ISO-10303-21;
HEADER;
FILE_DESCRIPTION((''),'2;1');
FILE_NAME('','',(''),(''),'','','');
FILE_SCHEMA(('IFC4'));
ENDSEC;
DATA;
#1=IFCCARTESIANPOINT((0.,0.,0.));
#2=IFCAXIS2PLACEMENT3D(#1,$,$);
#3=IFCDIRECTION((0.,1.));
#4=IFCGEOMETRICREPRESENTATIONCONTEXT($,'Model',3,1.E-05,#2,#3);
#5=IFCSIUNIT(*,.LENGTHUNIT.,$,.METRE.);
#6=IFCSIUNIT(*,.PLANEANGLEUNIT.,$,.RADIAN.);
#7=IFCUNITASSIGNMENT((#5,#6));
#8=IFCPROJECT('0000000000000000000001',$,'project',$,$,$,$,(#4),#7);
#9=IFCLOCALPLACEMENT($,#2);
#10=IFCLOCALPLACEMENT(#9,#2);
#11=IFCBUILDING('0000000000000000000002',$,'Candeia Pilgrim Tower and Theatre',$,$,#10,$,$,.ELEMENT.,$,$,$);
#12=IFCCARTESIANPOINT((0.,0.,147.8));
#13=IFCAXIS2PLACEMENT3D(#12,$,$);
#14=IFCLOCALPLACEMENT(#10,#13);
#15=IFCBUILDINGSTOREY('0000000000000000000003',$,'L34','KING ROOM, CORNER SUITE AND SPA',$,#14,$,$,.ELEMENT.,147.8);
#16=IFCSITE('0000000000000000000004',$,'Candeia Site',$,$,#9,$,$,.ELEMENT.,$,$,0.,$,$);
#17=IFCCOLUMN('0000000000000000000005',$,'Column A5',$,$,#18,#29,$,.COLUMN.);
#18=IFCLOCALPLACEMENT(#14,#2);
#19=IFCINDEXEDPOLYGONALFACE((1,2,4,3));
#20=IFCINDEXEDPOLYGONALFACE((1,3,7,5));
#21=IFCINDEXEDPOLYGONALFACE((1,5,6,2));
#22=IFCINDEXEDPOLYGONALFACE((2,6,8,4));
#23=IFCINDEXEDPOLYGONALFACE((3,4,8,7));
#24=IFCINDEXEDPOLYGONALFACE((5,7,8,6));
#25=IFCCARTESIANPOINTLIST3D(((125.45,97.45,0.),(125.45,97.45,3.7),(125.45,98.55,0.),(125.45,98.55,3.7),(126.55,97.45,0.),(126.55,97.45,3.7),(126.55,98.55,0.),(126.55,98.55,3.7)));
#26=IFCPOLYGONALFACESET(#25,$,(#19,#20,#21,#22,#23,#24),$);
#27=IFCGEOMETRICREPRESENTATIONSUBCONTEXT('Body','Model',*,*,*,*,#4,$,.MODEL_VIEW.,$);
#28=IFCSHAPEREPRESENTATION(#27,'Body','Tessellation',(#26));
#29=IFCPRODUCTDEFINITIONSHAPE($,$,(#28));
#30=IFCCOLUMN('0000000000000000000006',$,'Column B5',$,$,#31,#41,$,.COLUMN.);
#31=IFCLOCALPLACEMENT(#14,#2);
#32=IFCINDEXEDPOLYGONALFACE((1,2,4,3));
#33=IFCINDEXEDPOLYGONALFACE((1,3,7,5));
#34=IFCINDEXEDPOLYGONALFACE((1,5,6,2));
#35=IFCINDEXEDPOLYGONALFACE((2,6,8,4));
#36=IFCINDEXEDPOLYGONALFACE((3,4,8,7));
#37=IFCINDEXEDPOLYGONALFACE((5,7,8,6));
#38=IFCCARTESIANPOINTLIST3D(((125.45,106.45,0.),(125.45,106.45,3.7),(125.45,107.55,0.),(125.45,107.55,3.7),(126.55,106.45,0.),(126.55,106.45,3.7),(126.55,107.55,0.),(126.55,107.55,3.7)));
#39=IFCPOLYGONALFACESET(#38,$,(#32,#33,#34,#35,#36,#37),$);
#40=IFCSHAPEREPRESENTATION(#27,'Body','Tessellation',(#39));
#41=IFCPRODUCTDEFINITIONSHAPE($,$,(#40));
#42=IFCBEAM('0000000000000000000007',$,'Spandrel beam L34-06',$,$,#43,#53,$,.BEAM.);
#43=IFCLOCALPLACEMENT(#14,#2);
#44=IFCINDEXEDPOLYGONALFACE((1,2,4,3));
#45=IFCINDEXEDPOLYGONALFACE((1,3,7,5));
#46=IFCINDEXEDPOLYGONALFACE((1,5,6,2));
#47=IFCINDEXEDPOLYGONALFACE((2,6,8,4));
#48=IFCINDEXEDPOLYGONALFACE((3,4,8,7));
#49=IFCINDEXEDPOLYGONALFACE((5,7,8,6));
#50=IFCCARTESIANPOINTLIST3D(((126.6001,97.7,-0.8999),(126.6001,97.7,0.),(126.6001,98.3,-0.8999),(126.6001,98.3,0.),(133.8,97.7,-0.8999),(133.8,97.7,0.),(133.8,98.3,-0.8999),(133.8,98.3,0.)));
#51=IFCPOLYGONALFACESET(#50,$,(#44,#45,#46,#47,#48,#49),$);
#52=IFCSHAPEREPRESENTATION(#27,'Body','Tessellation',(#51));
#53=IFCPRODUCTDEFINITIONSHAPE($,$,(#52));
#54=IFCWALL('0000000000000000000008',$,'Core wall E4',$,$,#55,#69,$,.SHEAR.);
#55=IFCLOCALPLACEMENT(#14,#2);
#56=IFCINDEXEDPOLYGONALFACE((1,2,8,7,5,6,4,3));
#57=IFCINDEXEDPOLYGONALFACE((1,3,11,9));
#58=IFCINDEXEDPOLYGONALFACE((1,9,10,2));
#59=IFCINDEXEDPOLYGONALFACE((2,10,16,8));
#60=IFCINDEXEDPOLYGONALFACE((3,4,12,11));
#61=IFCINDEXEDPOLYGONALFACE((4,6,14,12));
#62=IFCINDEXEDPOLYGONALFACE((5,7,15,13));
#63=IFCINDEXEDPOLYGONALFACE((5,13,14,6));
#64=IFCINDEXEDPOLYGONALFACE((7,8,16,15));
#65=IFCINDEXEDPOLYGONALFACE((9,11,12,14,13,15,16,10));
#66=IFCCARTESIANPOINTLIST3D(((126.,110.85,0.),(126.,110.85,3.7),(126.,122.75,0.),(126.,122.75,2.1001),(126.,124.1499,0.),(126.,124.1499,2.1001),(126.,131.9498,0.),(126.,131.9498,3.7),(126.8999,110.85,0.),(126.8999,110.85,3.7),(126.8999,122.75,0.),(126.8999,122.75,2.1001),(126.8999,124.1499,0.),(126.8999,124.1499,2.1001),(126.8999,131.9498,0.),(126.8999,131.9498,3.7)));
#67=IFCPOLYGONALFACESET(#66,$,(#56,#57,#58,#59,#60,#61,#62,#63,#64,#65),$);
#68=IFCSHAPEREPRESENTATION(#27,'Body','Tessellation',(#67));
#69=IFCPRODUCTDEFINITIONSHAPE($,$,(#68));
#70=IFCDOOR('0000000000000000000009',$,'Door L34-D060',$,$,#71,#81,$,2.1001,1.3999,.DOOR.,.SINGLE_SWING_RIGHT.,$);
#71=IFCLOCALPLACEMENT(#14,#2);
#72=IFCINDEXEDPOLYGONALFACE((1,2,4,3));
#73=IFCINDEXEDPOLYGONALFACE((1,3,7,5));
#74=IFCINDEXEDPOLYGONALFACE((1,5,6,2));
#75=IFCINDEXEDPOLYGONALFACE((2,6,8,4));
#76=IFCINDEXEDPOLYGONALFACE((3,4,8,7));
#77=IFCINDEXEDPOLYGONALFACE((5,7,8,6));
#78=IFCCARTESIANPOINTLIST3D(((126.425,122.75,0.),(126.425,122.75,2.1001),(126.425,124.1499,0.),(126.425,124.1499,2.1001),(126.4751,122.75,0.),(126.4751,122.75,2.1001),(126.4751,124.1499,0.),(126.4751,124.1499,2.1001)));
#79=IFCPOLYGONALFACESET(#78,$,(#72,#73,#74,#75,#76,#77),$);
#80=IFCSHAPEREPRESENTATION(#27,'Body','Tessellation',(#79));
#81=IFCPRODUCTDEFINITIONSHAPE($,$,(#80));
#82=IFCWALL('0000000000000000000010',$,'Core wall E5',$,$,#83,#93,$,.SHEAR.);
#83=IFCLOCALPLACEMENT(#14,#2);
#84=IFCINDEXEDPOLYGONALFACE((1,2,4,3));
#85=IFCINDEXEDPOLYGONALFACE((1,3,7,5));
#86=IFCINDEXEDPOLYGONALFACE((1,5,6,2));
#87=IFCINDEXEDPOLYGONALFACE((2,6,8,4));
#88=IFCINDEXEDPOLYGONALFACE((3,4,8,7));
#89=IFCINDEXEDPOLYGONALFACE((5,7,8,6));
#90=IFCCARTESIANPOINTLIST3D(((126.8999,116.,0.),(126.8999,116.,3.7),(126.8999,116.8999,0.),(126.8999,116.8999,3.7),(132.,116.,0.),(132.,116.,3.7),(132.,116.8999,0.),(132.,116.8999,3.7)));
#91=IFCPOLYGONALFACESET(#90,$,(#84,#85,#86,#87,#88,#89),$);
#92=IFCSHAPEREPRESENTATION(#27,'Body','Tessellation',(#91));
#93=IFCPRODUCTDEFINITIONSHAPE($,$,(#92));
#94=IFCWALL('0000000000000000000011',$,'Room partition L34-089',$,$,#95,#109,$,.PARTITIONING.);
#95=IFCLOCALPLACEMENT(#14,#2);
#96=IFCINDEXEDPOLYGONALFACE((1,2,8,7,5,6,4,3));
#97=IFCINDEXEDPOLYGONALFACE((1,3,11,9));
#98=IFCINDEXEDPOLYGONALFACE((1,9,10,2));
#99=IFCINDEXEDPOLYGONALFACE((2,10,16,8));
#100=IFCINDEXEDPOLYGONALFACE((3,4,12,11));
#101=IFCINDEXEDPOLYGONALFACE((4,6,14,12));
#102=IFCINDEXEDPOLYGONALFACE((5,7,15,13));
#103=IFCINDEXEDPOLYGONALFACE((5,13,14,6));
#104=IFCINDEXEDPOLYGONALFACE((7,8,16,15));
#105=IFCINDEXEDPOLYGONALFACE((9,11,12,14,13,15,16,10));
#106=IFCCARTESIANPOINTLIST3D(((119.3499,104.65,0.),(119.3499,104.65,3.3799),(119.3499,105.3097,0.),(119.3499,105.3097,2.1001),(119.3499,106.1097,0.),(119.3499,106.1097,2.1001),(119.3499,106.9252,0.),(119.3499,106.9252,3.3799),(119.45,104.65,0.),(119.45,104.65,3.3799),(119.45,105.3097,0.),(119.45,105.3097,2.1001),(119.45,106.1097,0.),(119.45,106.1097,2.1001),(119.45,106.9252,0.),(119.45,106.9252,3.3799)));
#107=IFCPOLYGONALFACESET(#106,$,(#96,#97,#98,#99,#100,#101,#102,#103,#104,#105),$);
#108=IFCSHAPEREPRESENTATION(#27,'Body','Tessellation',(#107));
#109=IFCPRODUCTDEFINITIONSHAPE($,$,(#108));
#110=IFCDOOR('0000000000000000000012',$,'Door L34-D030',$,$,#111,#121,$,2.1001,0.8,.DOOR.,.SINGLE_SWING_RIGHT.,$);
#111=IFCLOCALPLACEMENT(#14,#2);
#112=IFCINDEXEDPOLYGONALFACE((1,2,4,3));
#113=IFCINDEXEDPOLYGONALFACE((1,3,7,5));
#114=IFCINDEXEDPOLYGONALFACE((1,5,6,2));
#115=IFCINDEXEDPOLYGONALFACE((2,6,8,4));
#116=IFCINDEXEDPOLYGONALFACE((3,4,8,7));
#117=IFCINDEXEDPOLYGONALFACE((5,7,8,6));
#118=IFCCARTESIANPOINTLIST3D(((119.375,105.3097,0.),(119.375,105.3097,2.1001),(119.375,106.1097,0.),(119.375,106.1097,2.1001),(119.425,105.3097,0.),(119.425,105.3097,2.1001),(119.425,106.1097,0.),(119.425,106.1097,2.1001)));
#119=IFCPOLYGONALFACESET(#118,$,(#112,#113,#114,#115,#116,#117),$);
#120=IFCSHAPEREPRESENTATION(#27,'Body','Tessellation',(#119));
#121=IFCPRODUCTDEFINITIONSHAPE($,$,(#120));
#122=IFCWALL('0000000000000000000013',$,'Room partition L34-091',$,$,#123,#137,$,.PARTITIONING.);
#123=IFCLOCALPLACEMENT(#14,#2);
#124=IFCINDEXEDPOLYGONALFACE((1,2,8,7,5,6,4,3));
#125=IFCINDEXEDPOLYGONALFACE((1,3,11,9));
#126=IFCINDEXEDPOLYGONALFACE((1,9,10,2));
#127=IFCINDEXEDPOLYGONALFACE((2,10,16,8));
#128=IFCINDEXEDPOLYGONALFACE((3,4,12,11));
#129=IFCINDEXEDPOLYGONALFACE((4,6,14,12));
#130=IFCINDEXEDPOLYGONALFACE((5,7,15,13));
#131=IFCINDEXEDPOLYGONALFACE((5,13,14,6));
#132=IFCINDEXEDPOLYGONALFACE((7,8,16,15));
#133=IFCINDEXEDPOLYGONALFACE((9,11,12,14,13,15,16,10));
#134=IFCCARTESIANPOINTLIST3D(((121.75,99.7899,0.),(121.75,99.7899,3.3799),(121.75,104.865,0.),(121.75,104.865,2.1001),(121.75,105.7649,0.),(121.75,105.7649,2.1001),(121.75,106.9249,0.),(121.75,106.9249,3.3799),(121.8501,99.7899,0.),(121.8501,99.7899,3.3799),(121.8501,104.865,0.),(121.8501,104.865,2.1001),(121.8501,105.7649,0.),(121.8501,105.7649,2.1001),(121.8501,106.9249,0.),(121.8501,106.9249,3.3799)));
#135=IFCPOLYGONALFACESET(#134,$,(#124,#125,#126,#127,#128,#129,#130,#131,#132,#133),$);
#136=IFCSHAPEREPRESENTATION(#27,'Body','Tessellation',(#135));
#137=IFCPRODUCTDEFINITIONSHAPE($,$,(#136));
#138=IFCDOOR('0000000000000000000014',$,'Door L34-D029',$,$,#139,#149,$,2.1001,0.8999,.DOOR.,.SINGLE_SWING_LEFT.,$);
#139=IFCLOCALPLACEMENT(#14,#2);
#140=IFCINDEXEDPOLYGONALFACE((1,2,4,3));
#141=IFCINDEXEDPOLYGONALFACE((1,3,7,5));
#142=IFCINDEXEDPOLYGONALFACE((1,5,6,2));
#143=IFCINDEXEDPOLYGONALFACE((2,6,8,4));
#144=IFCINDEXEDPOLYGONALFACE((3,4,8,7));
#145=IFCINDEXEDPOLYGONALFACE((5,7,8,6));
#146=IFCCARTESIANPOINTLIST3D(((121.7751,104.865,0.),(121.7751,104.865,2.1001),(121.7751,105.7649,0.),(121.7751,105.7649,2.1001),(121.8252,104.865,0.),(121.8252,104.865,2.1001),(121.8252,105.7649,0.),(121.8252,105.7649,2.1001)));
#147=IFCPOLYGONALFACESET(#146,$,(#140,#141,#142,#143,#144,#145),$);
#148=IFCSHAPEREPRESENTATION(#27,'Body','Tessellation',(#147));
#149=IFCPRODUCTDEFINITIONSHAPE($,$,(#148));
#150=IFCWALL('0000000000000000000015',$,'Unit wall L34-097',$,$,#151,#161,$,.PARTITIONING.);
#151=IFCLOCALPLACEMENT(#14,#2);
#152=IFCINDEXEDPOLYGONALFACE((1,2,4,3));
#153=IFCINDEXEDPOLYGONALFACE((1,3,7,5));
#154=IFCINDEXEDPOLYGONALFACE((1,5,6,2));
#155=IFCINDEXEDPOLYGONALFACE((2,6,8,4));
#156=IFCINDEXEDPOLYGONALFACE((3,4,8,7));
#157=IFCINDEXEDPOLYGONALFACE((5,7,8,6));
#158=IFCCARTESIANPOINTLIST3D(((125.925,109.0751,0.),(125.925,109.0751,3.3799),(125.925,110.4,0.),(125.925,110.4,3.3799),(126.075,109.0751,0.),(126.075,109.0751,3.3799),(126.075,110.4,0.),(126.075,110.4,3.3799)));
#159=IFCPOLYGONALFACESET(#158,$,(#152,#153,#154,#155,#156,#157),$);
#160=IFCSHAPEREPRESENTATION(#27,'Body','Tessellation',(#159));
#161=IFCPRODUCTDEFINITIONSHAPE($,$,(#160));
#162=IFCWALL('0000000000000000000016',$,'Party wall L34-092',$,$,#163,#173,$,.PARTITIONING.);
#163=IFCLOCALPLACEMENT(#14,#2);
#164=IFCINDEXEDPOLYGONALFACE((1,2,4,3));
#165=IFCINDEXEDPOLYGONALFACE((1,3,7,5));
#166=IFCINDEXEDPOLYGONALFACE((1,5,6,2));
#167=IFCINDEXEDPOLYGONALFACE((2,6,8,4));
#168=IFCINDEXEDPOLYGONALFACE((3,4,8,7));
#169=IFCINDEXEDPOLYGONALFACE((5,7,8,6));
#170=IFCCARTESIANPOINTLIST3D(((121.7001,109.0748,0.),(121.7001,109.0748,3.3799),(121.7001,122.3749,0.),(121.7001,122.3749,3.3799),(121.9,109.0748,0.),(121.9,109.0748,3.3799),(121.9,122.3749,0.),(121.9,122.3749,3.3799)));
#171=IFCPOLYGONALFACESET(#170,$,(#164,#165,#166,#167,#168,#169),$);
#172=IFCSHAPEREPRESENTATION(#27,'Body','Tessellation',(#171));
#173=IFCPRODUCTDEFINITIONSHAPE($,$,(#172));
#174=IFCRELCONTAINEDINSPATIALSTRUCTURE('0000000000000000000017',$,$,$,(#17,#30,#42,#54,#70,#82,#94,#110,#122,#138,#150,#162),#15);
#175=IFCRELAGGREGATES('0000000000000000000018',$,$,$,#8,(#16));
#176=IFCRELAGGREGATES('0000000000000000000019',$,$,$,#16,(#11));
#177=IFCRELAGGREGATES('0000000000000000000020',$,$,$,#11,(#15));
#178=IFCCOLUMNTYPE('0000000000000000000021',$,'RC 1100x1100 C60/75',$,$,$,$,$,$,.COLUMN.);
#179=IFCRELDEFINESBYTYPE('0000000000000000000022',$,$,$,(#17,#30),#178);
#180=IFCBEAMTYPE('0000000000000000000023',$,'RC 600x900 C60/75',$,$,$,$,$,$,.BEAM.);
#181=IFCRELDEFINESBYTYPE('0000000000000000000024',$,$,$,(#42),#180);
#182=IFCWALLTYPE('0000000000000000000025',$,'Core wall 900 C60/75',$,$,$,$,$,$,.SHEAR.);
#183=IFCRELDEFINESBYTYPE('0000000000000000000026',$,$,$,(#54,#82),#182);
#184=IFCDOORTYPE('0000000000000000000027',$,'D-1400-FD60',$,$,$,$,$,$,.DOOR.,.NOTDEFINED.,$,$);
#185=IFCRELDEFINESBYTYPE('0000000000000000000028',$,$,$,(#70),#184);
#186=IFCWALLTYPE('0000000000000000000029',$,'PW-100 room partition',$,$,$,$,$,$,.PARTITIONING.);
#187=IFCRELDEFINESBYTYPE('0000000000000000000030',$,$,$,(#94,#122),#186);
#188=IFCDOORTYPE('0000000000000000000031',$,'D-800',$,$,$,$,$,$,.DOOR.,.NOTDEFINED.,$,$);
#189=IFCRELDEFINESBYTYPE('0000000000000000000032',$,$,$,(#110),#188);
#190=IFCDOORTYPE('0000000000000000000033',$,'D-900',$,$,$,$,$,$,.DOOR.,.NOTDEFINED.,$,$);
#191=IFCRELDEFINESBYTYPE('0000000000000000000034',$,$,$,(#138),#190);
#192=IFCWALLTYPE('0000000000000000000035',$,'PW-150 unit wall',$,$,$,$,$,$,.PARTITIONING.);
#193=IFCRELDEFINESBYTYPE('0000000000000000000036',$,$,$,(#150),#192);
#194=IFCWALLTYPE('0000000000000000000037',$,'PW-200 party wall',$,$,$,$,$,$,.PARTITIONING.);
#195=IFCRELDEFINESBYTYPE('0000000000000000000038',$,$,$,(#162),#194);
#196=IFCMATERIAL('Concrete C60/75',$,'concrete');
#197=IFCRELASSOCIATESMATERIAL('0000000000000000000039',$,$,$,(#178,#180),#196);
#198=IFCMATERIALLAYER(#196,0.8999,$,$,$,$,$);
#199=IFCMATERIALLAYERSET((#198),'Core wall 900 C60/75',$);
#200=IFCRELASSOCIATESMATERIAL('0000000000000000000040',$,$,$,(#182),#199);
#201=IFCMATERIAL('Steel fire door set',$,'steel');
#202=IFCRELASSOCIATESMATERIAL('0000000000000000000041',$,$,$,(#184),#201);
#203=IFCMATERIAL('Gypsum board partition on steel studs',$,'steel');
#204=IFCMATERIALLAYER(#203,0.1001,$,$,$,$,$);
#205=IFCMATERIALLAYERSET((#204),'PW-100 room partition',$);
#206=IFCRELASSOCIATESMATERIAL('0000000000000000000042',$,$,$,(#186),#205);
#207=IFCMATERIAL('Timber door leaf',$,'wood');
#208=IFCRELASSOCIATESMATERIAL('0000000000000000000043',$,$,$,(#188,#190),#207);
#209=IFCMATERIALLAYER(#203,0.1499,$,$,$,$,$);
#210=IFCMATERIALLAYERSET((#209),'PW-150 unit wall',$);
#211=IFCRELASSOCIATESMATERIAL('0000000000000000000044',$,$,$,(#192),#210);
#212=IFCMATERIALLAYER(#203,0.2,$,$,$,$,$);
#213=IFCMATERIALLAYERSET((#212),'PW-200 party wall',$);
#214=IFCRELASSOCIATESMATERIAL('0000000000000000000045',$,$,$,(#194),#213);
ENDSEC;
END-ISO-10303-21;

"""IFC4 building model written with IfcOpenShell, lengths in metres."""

from ifc_helpers import new_model, si_unit, direction, frame, frame_2d, origin, origin_2d, place, context, subcontext, project, spatial, rectangle, extrude, material, layer, layer_set, material_profile, profile_set, type_object, element, fill, save


model = new_model("IFC4")

# Units and contexts
model_context = context("Model", 3, precision=1e-05, world=origin(), true_north=direction((0.0, 1.0)))
body_context = subcontext(model_context, "Body", "Model", "MODEL_VIEW")
ifc_project = project(units=[si_unit("LENGTHUNIT", "METRE"), si_unit("PLANEANGLEUNIT", "RADIAN")], contexts=[model_context])

# Site, building, storey
site_placement = place(None, origin())
site = spatial("IfcSite", under=ifc_project, at=site_placement, Name="Candeia Site", CompositionType="ELEMENT", RefElevation=0.0)
building_placement = place(site_placement, origin())
building = spatial("IfcBuilding", under=site, at=building_placement, Name="Candeia Pilgrim Tower and Theatre", CompositionType="ELEMENT")
storey_placement = place(building_placement, frame((0.0, 0.0, 147.8)))
storey = spatial("IfcBuildingStorey", under=building, at=storey_placement, Name="L34", Description="KING ROOM, CORNER SUITE AND SPA", CompositionType="ELEMENT", Elevation=147.8)

# Columns
ifc_material_1 = material(Name="Concrete C60/75", Category="concrete")
ifc_material_profile_1 = material_profile(ifc_material_1, rectangle(XDim=1.1001, YDim=1.1001, at=origin_2d()))
ifc_profile_set_1 = profile_set([ifc_material_profile_1], Name="Concrete C60/75")
column_type = type_object("IfcColumnType", Name="RC 1100x1100 C60/75", PredefinedType="COLUMN", material=ifc_profile_set_1)
for number, where, z_axis, x_axis, name in (
    (1, (126.0, 98.0, 0.0), (0.0, 0.0, 1.0), (1.0, 0.0, 0.0), "Column A5"),
    (2, (126.0, 107.0, 0.0), (0.0, 0.0, 1.0), (1.0, 0.0, 0.0), "Column B5"),
):
    element("IfcColumn", number, at=place(storey_placement, frame(where, z_axis=z_axis, x_axis=x_axis)), inside=storey, type_object=column_type, Name=name, PredefinedType="COLUMN", context=body_context, shape_type="SweptSolid", body=[
        extrude(rectangle(XDim=1.1001, YDim=1.1001, at=origin_2d()), origin(), (0.0, 0.0, 1.0), 3.7),
    ])

# Beam
ifc_material_profile_2 = material_profile(ifc_material_1, rectangle(XDim=0.6001, YDim=0.8999, at=origin_2d()))
ifc_profile_set_2 = profile_set([ifc_material_profile_2], Name="Concrete C60/75")
beam_type = type_object("IfcBeamType", Name="RC 600x900 C60/75", PredefinedType="BEAM", material=ifc_profile_set_2)
beam_placement = place(storey_placement, frame((126.6001, 98.0, -0.45), z_axis=(1.0, 0.0, 0.0), x_axis=(0.0, 1.0, 0.0)))
element("IfcBeam", 3, at=beam_placement, inside=storey, type_object=beam_type, Name="Spandrel beam L34-06", PredefinedType="BEAM", context=body_context, shape_type="SweptSolid", body=[
    extrude(rectangle(XDim=0.6001, YDim=0.8999, at=origin_2d()), origin(), (0.0, 0.0, 1.0), 7.2),
])

# Wall, opening, door
ifc_layer_1 = layer(ifc_material_1, 0.8999)
ifc_layer_set_1 = layer_set([ifc_layer_1], Name="Core wall 900 C60/75")
wall_type_1 = type_object("IfcWallType", Name="Core wall 900 C60/75", PredefinedType="SHEAR", material=ifc_layer_set_1)
wall_1_placement = place(storey_placement, frame((126.45, 110.8501, 0.0), z_axis=(0.0, 0.0, 1.0), x_axis=(0.0, 1.0, 0.0)))
wall_1 = element("IfcWall", 4, at=wall_1_placement, inside=storey, type_object=wall_type_1, Name="Core wall E4", PredefinedType="SHEAR", context=body_context, shape_type="SweptSolid", body=[
    extrude(rectangle(XDim=21.0999, YDim=0.8999, at=frame_2d((10.5498, 0.0))), origin(), (0.0, 0.0, 1.0), 3.7),
])
opening_1_placement = place(wall_1_placement, frame((11.8999, 0.0, 0.0)))
opening_1 = element("IfcOpeningElement", 5, at=opening_1_placement, cuts=wall_1, PredefinedType="OPENING", context=body_context, shape_type="SweptSolid", body=[
    extrude(rectangle(XDim=1.3999, YDim=2.1001, at=frame_2d((0.7, 1.05))), frame((0.0, 0.46, 0.0), z_axis=(0.0, -1.0, 0.0), x_axis=(1.0, 0.0, 0.0)), (0.0, 0.0, 1.0), 0.9199),
])
ifc_material_2 = material(Name="Steel fire door set", Category="steel")
door_type_1 = type_object("IfcDoorType", Name="D-1400-FD60", OperationType="NOTDEFINED", PredefinedType="DOOR", material=ifc_material_2)
door_1_placement = place(opening_1_placement, origin())
door_1 = element("IfcDoor", 6, at=door_1_placement, inside=storey, type_object=door_type_1, Name="Door L34-D060", OperationType="SINGLE_SWING_RIGHT", OverallHeight=2.1001, OverallWidth=1.3999, PredefinedType="DOOR", context=body_context, shape_type="SweptSolid", body=[
    extrude(rectangle(XDim=1.3999, YDim=2.1001, at=frame_2d((0.7, 1.05))), frame((0.0, 0.0249, 0.0), z_axis=(0.0, -1.0, 0.0), x_axis=(1.0, 0.0, 0.0)), (0.0, 0.0, 1.0), 0.05),
])
fill(opening_1, door_1)

# Wall
wall_2_placement = place(storey_placement, frame((126.8999, 116.45, 0.0), z_axis=(0.0, 0.0, 1.0), x_axis=(1.0, 0.0, 0.0)))
element("IfcWall", 7, at=wall_2_placement, inside=storey, type_object=wall_type_1, Name="Core wall E5", PredefinedType="SHEAR", context=body_context, shape_type="SweptSolid", body=[
    extrude(rectangle(XDim=5.1001, YDim=0.8999, at=frame_2d((2.55, 0.0))), origin(), (0.0, 0.0, 1.0), 3.7),
])

# Walls, openings, doors
ifc_material_3 = material(Name="Gypsum board partition on steel studs", Category="steel")
ifc_layer_2 = layer(ifc_material_3, 0.1001)
ifc_layer_set_2 = layer_set([ifc_layer_2], Name="PW-100 room partition")
wall_type_2 = type_object("IfcWallType", Name="PW-100 room partition", PredefinedType="PARTITIONING", material=ifc_layer_set_2)
wall_3_placement = place(storey_placement, frame((119.3999, 104.6499, 0.0), z_axis=(0.0, 0.0, 1.0), x_axis=(0.0, 1.0, 0.0)))
wall_3 = element("IfcWall", 8, at=wall_3_placement, inside=storey, type_object=wall_type_2, Name="Room partition L34-089", PredefinedType="PARTITIONING", context=body_context, shape_type="SweptSolid", body=[
    extrude(rectangle(XDim=2.2751, YDim=0.1001, at=frame_2d((1.1377, 0.0))), origin(), (0.0, 0.0, 1.0), 3.3799),
])
opening_2_placement = place(wall_3_placement, frame((0.6599, 0.0, 0.0)))
opening_2 = element("IfcOpeningElement", 9, at=opening_2_placement, cuts=wall_3, PredefinedType="OPENING", context=body_context, shape_type="SweptSolid", body=[
    extrude(rectangle(XDim=0.8, YDim=2.1001, at=frame_2d((0.3999, 1.05))), frame((0.0, 0.0601, 0.0), z_axis=(0.0, -1.0, 0.0), x_axis=(1.0, 0.0, 0.0)), (0.0, 0.0, 1.0), 0.1201),
])
ifc_material_4 = material(Name="Timber door leaf", Category="wood")
door_type_2 = type_object("IfcDoorType", Name="D-800", OperationType="NOTDEFINED", PredefinedType="DOOR", material=ifc_material_4)
door_2_placement = place(opening_2_placement, origin())
door_2 = element("IfcDoor", 10, at=door_2_placement, inside=storey, type_object=door_type_2, Name="Door L34-D030", OperationType="SINGLE_SWING_RIGHT", OverallHeight=2.1001, OverallWidth=0.8, PredefinedType="DOOR", context=body_context, shape_type="SweptSolid", body=[
    extrude(rectangle(XDim=0.8, YDim=2.1001, at=frame_2d((0.3999, 1.05))), frame((0.0, 0.0249, 0.0), z_axis=(0.0, -1.0, 0.0), x_axis=(1.0, 0.0, 0.0)), (0.0, 0.0, 1.0), 0.05),
])
fill(opening_2, door_2)
wall_4_placement = place(storey_placement, frame((121.8, 99.79, 0.0), z_axis=(0.0, 0.0, 1.0), x_axis=(0.0, 1.0, 0.0)))
wall_4 = element("IfcWall", 11, at=wall_4_placement, inside=storey, type_object=wall_type_2, Name="Room partition L34-091", PredefinedType="PARTITIONING", context=body_context, shape_type="SweptSolid", body=[
    extrude(rectangle(XDim=7.135, YDim=0.1001, at=frame_2d((3.5674, 0.0))), origin(), (0.0, 0.0, 1.0), 3.3799),
])
opening_3_placement = place(wall_4_placement, frame((5.075, 0.0, 0.0)))
opening_3 = element("IfcOpeningElement", 12, at=opening_3_placement, cuts=wall_4, PredefinedType="OPENING", context=body_context, shape_type="SweptSolid", body=[
    extrude(rectangle(XDim=0.8999, YDim=2.1001, at=frame_2d((0.45, 1.05))), frame((0.0, 0.0601, 0.0), z_axis=(0.0, -1.0, 0.0), x_axis=(1.0, 0.0, 0.0)), (0.0, 0.0, 1.0), 0.1201),
])
door_type_3 = type_object("IfcDoorType", Name="D-900", OperationType="NOTDEFINED", PredefinedType="DOOR", material=ifc_material_4)
door_3_placement = place(opening_3_placement, origin())
door_3 = element("IfcDoor", 13, at=door_3_placement, inside=storey, type_object=door_type_3, Name="Door L34-D029", OperationType="SINGLE_SWING_LEFT", OverallHeight=2.1001, OverallWidth=0.8999, PredefinedType="DOOR", context=body_context, shape_type="SweptSolid", body=[
    extrude(rectangle(XDim=0.8999, YDim=2.1001, at=frame_2d((0.45, 1.05))), frame((0.0, 0.0249, 0.0), z_axis=(0.0, -1.0, 0.0), x_axis=(1.0, 0.0, 0.0)), (0.0, 0.0, 1.0), 0.05),
])
fill(opening_3, door_3)

# Walls
ifc_layer_3 = layer(ifc_material_3, 0.1499)
ifc_layer_set_3 = layer_set([ifc_layer_3], Name="PW-150 unit wall")
wall_type_3 = type_object("IfcWallType", Name="PW-150 unit wall", PredefinedType="PARTITIONING", material=ifc_layer_set_3)
wall_5_placement = place(storey_placement, frame((126.0, 109.075, 0.0), z_axis=(0.0, 0.0, 1.0), x_axis=(0.0, 1.0, 0.0)))
element("IfcWall", 14, at=wall_5_placement, inside=storey, type_object=wall_type_3, Name="Unit wall L34-097", PredefinedType="PARTITIONING", context=body_context, shape_type="SweptSolid", body=[
    extrude(rectangle(XDim=1.325, YDim=0.1499, at=frame_2d((0.6626, 0.0))), origin(), (0.0, 0.0, 1.0), 3.3799),
])
ifc_layer_4 = layer(ifc_material_3, 0.2)
ifc_layer_set_4 = layer_set([ifc_layer_4], Name="PW-200 party wall")
wall_type_4 = type_object("IfcWallType", Name="PW-200 party wall", PredefinedType="PARTITIONING", material=ifc_layer_set_4)
wall_6_placement = place(storey_placement, frame((121.8, 109.075, 0.0), z_axis=(0.0, 0.0, 1.0), x_axis=(0.0, 1.0, 0.0)))
element("IfcWall", 15, at=wall_6_placement, inside=storey, type_object=wall_type_4, Name="Party wall L34-092", PredefinedType="PARTITIONING", context=body_context, shape_type="SweptSolid", body=[
    extrude(rectangle(XDim=13.3, YDim=0.2, at=frame_2d((6.6499, 0.0))), origin(), (0.0, 0.0, 1.0), 3.3799),
])

save(model, "model.ifc")
